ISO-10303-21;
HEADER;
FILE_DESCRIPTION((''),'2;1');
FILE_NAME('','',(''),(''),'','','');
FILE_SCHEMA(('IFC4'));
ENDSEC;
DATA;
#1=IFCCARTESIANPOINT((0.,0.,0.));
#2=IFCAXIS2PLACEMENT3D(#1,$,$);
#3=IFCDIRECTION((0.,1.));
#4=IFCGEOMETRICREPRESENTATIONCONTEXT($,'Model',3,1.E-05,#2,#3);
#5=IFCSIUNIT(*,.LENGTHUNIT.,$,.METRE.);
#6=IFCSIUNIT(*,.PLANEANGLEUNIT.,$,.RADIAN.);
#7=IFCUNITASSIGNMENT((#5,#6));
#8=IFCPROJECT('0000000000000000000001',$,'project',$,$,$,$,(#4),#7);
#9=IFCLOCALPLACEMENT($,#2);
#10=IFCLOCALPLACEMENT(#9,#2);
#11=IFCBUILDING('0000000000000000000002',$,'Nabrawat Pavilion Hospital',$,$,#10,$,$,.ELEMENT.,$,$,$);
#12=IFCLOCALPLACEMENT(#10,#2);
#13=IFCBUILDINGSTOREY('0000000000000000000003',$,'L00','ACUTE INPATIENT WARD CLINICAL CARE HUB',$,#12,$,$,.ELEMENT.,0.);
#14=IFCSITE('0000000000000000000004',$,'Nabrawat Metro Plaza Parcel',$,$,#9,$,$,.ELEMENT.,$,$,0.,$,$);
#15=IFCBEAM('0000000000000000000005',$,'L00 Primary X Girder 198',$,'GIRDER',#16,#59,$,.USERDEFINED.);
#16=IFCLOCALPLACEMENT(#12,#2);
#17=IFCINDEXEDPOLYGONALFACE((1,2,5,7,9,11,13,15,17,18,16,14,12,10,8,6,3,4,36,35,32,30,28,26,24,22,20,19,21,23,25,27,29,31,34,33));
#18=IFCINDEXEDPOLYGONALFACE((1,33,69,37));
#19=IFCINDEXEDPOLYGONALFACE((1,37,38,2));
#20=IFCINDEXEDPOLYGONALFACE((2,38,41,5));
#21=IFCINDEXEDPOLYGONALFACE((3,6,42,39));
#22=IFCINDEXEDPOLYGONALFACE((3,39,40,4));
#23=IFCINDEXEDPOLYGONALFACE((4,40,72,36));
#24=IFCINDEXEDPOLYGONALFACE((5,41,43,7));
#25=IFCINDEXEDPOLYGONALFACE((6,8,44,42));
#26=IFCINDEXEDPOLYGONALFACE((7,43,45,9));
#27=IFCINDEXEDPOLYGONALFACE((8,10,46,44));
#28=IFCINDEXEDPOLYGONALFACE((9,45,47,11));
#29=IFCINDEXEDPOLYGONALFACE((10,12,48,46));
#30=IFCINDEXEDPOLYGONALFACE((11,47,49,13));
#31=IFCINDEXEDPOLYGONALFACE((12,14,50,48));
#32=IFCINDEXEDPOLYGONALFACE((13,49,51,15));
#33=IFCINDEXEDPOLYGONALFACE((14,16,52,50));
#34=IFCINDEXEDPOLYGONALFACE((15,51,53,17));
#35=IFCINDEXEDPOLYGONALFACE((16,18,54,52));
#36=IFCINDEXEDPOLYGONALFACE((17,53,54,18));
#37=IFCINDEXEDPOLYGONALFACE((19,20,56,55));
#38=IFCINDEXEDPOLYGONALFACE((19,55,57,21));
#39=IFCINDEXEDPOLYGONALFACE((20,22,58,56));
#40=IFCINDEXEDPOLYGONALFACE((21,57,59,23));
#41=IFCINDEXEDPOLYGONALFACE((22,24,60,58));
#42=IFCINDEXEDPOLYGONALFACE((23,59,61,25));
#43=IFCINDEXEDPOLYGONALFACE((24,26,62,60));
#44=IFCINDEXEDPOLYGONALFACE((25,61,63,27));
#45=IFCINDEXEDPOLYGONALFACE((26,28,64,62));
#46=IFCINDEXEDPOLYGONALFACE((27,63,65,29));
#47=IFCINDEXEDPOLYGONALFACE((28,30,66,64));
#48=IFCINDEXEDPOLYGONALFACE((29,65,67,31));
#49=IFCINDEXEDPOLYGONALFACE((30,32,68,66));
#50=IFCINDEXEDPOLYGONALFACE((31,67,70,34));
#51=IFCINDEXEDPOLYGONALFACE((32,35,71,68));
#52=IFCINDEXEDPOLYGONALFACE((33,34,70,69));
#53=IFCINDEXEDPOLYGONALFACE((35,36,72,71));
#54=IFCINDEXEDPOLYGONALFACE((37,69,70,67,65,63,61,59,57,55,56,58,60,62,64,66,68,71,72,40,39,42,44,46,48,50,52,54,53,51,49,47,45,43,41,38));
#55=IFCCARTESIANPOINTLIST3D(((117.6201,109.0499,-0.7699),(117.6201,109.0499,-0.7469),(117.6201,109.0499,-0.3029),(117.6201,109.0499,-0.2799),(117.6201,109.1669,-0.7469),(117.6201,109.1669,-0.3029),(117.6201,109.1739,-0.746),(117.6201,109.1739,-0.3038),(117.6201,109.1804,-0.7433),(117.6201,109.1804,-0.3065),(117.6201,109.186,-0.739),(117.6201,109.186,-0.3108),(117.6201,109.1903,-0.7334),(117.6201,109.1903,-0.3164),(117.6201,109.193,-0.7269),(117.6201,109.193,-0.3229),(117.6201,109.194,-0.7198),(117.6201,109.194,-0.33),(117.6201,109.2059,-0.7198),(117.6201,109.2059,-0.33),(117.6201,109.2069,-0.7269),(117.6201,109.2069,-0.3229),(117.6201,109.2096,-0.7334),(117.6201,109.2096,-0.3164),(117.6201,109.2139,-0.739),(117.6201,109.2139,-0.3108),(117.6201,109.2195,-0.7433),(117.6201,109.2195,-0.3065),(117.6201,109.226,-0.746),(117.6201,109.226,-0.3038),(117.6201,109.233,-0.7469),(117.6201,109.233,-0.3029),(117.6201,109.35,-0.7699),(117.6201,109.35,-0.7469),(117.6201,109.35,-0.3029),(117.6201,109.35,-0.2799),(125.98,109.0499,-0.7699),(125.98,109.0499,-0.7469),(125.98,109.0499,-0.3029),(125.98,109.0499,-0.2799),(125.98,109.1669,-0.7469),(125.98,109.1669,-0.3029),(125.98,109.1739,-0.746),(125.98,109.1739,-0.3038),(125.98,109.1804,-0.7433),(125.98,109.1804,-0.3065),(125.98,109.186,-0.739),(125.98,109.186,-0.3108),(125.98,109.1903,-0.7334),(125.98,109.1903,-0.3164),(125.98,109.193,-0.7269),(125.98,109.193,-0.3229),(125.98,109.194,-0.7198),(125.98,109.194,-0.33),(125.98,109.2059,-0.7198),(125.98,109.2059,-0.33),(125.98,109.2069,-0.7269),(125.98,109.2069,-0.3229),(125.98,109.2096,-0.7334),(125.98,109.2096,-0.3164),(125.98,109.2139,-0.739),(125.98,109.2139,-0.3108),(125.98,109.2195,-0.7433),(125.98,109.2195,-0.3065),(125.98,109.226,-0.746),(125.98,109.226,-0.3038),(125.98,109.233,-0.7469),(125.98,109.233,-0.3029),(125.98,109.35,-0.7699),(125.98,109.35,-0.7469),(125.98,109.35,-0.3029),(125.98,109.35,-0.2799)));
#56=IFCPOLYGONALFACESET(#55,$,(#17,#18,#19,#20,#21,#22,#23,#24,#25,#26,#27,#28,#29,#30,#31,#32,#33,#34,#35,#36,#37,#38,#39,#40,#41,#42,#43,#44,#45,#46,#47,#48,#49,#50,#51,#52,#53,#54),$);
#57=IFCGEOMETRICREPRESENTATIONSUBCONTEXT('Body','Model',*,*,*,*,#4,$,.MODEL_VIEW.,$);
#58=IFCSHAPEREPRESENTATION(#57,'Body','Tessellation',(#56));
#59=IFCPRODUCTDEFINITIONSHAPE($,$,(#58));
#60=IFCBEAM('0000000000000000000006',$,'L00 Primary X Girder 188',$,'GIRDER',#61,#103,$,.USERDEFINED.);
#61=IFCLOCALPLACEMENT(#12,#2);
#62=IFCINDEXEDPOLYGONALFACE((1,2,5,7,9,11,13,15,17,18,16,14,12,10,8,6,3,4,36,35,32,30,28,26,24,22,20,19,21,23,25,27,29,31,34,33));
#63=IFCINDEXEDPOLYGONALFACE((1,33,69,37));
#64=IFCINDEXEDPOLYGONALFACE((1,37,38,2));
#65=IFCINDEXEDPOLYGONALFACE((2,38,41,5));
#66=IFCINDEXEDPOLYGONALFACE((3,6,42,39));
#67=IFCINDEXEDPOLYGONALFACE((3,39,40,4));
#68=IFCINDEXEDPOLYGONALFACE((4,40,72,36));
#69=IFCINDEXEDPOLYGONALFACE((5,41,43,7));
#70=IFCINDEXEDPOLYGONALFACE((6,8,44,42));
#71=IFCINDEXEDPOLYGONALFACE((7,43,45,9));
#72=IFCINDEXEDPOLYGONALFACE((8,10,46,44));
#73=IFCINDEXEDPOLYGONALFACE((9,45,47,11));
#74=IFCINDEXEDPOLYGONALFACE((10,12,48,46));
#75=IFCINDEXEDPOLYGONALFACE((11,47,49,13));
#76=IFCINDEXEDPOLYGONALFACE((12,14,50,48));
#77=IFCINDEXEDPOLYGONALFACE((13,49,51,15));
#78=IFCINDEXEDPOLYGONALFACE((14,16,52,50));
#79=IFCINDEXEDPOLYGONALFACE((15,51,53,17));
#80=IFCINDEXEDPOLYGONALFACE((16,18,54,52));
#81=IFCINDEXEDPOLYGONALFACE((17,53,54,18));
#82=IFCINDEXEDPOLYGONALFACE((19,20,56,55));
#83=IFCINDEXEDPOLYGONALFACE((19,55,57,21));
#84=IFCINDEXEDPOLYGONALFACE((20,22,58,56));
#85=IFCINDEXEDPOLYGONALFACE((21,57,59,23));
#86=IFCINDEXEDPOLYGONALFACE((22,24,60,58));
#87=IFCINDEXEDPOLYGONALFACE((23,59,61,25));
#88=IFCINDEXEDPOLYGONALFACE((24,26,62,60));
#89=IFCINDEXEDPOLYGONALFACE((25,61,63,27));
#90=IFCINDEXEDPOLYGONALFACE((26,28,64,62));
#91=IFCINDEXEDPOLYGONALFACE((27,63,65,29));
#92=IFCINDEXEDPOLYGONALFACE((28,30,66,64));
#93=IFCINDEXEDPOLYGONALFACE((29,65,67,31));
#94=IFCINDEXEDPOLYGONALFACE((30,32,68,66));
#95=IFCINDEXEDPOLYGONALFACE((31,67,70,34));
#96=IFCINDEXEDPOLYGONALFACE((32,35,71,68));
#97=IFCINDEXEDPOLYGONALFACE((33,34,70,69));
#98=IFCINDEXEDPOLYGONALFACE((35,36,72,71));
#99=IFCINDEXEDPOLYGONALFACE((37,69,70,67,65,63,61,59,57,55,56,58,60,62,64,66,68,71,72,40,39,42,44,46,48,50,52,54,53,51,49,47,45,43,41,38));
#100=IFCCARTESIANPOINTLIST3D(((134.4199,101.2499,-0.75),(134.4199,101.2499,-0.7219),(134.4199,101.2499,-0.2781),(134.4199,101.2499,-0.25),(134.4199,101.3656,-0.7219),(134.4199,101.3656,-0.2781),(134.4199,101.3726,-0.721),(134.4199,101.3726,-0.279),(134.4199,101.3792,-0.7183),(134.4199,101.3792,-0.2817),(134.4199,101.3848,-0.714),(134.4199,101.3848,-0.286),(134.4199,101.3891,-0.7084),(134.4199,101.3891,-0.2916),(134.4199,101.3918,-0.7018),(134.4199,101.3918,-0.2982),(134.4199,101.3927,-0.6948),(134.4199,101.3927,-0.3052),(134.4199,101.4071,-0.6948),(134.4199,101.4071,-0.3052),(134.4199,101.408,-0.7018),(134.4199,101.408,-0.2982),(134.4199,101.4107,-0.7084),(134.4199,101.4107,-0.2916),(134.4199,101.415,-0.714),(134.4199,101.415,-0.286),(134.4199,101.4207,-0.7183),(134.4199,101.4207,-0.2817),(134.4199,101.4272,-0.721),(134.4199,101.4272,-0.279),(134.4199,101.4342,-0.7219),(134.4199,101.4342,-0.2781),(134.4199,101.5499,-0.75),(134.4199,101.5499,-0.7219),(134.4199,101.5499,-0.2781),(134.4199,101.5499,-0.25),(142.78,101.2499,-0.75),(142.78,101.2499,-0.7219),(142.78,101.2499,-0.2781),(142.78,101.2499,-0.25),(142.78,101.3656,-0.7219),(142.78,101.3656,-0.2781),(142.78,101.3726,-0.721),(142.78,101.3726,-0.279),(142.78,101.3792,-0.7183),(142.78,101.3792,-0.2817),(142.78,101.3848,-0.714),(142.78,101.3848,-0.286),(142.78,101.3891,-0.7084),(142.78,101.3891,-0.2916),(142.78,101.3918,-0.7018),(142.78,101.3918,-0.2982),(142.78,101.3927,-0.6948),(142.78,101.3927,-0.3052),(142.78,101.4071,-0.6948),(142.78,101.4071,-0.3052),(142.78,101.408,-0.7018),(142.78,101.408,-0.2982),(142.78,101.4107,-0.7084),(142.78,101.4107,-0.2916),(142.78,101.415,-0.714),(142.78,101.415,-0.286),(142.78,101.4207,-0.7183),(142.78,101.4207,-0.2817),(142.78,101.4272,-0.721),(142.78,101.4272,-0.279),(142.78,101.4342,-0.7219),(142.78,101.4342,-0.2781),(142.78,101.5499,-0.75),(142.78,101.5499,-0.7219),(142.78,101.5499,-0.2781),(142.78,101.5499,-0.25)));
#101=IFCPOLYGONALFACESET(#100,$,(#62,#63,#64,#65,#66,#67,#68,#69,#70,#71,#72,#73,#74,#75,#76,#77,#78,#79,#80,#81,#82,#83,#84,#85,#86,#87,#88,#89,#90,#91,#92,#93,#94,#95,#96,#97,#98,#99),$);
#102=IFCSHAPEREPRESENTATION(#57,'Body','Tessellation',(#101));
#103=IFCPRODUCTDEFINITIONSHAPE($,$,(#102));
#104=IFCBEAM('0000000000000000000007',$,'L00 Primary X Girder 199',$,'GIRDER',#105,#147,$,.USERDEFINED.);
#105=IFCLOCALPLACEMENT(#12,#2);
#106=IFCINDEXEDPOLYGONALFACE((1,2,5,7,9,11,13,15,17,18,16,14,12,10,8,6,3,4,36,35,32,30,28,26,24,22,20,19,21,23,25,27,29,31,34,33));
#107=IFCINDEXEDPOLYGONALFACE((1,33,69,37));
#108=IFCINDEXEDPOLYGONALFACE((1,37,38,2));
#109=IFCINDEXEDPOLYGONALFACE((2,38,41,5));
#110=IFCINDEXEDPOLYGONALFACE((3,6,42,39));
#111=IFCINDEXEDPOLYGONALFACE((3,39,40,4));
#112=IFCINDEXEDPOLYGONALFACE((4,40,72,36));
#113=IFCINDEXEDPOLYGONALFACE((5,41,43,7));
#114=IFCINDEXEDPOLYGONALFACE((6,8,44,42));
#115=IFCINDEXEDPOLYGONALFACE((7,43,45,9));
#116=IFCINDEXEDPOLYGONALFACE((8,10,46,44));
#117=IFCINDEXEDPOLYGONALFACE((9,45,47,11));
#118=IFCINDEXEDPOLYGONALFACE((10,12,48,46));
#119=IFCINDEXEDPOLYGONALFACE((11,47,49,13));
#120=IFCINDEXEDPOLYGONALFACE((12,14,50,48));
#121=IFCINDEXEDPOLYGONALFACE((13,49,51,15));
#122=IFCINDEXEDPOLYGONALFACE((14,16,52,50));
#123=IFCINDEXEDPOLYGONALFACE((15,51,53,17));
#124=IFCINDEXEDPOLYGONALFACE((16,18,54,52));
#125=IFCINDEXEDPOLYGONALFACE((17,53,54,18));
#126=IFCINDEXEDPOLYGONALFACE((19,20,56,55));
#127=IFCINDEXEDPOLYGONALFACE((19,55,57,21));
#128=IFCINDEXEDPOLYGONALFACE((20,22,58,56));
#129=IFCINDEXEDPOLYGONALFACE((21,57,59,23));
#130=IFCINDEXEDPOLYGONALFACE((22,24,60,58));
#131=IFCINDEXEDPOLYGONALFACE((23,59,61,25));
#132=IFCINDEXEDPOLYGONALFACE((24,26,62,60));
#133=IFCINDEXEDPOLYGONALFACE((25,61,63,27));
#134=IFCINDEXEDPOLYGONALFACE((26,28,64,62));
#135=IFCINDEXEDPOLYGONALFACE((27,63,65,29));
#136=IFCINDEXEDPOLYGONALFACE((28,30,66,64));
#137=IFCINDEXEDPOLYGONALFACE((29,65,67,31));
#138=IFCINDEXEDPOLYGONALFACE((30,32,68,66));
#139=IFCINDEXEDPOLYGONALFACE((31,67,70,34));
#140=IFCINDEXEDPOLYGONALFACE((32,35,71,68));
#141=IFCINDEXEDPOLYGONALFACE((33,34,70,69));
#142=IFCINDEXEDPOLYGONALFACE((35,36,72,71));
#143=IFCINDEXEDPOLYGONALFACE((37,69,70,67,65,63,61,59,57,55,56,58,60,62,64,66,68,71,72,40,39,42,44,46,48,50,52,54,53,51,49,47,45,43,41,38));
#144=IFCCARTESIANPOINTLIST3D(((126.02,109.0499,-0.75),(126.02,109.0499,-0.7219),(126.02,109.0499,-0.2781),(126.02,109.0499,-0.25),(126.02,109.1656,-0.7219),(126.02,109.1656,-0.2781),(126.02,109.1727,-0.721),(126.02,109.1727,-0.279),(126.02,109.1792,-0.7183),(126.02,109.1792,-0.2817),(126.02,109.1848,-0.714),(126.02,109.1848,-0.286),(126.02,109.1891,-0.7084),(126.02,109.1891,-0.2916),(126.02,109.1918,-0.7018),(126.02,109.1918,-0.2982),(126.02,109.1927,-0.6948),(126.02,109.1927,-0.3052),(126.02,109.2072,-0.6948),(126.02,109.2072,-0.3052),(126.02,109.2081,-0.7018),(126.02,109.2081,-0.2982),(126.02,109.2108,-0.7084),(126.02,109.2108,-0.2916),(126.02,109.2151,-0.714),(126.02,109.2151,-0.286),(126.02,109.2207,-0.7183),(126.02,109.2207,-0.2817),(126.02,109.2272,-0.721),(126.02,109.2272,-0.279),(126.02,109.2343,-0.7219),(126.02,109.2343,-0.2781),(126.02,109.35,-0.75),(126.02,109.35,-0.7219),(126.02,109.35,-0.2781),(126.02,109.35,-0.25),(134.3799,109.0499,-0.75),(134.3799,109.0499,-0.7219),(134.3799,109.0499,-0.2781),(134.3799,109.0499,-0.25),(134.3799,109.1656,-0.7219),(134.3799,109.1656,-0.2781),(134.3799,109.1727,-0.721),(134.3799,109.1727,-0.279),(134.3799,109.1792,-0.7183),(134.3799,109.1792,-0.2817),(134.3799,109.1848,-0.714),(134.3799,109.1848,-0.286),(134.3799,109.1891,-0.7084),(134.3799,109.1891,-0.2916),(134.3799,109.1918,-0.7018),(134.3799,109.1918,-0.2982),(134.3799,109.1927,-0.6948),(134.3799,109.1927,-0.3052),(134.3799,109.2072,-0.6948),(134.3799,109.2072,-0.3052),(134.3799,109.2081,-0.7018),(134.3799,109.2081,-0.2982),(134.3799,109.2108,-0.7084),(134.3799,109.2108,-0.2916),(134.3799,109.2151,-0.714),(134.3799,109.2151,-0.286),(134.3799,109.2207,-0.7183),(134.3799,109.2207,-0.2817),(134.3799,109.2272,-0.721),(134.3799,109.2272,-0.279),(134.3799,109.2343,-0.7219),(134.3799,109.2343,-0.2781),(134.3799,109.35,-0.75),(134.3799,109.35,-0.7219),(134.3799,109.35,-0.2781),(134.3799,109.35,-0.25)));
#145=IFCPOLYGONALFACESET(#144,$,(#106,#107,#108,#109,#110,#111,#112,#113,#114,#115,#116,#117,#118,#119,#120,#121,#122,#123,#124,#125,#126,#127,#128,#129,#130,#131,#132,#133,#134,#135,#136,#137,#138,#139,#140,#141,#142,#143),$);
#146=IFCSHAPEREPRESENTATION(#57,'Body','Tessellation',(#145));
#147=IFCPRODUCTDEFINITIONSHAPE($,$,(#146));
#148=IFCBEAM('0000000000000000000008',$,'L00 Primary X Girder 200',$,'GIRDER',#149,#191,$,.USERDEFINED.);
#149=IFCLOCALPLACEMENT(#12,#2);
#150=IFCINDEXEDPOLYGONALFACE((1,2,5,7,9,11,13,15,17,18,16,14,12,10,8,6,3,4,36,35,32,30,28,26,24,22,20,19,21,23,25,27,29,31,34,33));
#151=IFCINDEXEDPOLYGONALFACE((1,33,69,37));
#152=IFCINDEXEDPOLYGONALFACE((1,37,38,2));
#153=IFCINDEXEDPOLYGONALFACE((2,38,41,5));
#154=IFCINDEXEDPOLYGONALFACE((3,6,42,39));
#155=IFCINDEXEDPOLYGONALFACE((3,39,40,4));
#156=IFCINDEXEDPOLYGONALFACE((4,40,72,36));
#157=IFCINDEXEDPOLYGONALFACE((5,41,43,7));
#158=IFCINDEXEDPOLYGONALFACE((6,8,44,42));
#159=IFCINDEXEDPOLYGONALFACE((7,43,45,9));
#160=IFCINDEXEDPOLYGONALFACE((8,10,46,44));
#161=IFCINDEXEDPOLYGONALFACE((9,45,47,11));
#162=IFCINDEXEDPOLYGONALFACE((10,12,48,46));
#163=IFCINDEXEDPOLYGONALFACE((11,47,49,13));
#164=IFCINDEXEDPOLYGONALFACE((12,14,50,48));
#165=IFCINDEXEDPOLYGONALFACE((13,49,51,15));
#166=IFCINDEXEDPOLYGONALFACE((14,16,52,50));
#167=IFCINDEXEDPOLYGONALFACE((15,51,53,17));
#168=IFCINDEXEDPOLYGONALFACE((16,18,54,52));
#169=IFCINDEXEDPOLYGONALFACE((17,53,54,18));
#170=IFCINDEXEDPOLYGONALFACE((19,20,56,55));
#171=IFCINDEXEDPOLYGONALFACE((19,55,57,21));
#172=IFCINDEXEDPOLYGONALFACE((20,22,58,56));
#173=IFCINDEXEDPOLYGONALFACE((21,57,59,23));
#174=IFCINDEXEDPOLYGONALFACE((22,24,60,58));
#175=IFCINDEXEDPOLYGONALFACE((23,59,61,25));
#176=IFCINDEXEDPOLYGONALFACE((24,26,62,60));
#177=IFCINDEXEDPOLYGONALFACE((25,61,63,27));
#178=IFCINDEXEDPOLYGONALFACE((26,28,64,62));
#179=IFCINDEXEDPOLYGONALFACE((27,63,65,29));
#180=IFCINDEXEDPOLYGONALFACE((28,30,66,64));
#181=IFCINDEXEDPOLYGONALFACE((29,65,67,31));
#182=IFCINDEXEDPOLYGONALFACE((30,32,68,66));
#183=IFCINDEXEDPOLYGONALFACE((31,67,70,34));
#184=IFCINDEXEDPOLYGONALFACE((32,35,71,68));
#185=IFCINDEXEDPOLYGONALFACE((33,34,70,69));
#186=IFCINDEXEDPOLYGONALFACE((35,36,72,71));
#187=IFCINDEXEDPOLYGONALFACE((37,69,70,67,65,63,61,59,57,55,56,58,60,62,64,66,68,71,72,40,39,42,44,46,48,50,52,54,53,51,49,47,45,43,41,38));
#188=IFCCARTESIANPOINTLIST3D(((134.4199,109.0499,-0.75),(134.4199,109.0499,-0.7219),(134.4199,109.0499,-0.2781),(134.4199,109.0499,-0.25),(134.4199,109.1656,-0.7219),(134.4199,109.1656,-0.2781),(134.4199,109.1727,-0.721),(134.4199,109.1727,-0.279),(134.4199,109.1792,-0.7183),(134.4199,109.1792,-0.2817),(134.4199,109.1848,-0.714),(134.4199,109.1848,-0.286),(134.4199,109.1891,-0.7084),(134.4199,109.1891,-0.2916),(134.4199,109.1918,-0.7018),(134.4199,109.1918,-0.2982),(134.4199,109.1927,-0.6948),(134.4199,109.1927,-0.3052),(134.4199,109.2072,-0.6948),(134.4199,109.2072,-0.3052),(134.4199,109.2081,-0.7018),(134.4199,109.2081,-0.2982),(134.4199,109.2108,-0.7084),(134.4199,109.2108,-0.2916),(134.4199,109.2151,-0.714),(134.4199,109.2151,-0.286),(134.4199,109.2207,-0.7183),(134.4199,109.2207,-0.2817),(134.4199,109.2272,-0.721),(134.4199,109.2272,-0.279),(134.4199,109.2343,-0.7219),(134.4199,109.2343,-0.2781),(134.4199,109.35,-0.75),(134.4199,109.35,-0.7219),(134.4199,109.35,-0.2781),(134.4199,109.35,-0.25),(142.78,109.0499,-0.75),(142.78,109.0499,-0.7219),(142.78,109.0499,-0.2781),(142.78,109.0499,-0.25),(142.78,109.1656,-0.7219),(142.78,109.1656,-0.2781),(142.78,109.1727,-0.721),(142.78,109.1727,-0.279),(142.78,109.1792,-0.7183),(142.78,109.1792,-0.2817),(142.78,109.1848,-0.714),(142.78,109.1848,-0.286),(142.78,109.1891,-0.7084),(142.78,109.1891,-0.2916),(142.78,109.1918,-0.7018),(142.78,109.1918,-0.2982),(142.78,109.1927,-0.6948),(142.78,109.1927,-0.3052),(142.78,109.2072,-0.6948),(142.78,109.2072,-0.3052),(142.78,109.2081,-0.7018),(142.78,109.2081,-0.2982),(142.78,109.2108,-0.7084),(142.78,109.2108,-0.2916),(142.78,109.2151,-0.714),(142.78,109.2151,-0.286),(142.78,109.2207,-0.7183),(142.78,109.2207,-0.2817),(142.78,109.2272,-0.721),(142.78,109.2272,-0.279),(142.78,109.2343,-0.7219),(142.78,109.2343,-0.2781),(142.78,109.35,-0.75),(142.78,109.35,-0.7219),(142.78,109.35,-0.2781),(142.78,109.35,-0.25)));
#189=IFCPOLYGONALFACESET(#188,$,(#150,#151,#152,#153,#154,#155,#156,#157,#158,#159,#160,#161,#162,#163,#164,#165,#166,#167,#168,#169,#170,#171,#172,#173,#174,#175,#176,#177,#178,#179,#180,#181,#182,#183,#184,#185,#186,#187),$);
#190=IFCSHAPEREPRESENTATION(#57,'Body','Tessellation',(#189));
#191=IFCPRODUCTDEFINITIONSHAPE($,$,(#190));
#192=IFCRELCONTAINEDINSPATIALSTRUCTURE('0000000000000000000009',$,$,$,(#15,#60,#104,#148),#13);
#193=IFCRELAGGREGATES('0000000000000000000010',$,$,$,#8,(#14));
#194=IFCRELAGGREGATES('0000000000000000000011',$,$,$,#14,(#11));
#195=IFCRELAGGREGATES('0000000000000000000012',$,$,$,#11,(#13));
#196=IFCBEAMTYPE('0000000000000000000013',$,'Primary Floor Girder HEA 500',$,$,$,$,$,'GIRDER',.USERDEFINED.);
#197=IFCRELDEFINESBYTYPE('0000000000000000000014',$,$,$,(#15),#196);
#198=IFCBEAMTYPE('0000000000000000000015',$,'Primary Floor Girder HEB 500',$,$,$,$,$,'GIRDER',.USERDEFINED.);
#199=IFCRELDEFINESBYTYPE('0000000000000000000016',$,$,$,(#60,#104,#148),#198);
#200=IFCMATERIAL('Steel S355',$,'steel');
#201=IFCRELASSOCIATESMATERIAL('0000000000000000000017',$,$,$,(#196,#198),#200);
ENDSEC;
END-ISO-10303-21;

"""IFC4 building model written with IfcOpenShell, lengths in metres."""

from ifc_helpers import new_model, si_unit, direction, frame, origin, origin_2d, place, context, subcontext, project, spatial, i_section, extrude, material, material_profile, profile_set, type_object, element, save


model = new_model("IFC4")

# Units and contexts
model_context = context("Model", 3, precision=1e-05, world=origin(), true_north=direction((0.0, 1.0)))
body_context = subcontext(model_context, "Body", "Model", "MODEL_VIEW")
ifc_project = project(units=[si_unit("LENGTHUNIT", "METRE"), si_unit("PLANEANGLEUNIT", "RADIAN")], contexts=[model_context])

# Site, building, storey
site_placement = place(None, origin())
site = spatial("IfcSite", under=ifc_project, at=site_placement, Name="Nabrawat Metro Plaza Parcel", CompositionType="ELEMENT", RefElevation=0.0)
building_placement = place(site_placement, origin())
building = spatial("IfcBuilding", under=site, at=building_placement, Name="Nabrawat Pavilion Hospital", CompositionType="ELEMENT")
storey_placement = place(building_placement, origin())
storey = spatial("IfcBuildingStorey", under=building, at=storey_placement, Name="L00", Description="ACUTE INPATIENT WARD CLINICAL CARE HUB", CompositionType="ELEMENT", Elevation=0.0)

# Shared definitions
ifc_material_1 = material(Name="Steel S355", Category="steel")

# Beams
ifc_material_profile_1 = material_profile(ifc_material_1, i_section(OverallWidth=0.3, OverallDepth=0.49, WebThickness=0.012, FlangeThickness=0.0229, FilletRadius=0.0271, at=origin_2d()), Name="HEA 500")
ifc_profile_set_1 = profile_set([ifc_material_profile_1], Name="Steel S355")
beam_type_1 = type_object("IfcBeamType", Name="Primary Floor Girder HEA 500", ElementType="GIRDER", PredefinedType="USERDEFINED", material=ifc_profile_set_1)
beam_1_placement = place(storey_placement, frame((117.6201, 109.2, -0.5249), z_axis=(1.0, 0.0, 0.0), x_axis=(0.0, 1.0, 0.0)))
element("IfcBeam", 1, at=beam_1_placement, inside=storey, type_object=beam_type_1, Name="L00 Primary X Girder 198", ObjectType="GIRDER", PredefinedType="USERDEFINED", context=body_context, shape_type="SweptSolid", body=[
    extrude(i_section(OverallWidth=0.3, OverallDepth=0.49, WebThickness=0.012, FlangeThickness=0.0229, FilletRadius=0.0271, at=origin_2d()), origin(), (0.0, 0.0, 1.0), 8.3599),
])
ifc_material_profile_2 = material_profile(ifc_material_1, i_section(OverallWidth=0.3, OverallDepth=0.5, WebThickness=0.0144, FlangeThickness=0.0281, FilletRadius=0.0271, at=origin_2d()), Name="HEB 500")
ifc_profile_set_2 = profile_set([ifc_material_profile_2], Name="Steel S355")
beam_type_2 = type_object("IfcBeamType", Name="Primary Floor Girder HEB 500", ElementType="GIRDER", PredefinedType="USERDEFINED", material=ifc_profile_set_2)
beam_2_placement = place(storey_placement, frame((134.4199, 101.3999, -0.5), z_axis=(1.0, 0.0, 0.0), x_axis=(0.0, 1.0, 0.0)))
element("IfcBeam", 2, at=beam_2_placement, inside=storey, type_object=beam_type_2, Name="L00 Primary X Girder 188", ObjectType="GIRDER", PredefinedType="USERDEFINED", context=body_context, shape_type="SweptSolid", body=[
    extrude(i_section(OverallWidth=0.3, OverallDepth=0.5, WebThickness=0.0144, FlangeThickness=0.0281, FilletRadius=0.0271, at=origin_2d()), origin(), (0.0, 0.0, 1.0), 8.3601),
])
beam_3_placement = place(storey_placement, frame((126.02, 109.2, -0.5), z_axis=(1.0, 0.0, 0.0), x_axis=(0.0, 1.0, 0.0)))
element("IfcBeam", 3, at=beam_3_placement, inside=storey, type_object=beam_type_2, Name="L00 Primary X Girder 199", ObjectType="GIRDER", PredefinedType="USERDEFINED", context=body_context, shape_type="SweptSolid", body=[
    extrude(i_section(OverallWidth=0.3, OverallDepth=0.5, WebThickness=0.0144, FlangeThickness=0.0281, FilletRadius=0.0271, at=origin_2d()), origin(), (0.0, 0.0, 1.0), 8.3599),
])
beam_4_placement = place(storey_placement, frame((134.4199, 109.2, -0.5), z_axis=(1.0, 0.0, 0.0), x_axis=(0.0, 1.0, 0.0)))
element("IfcBeam", 4, at=beam_4_placement, inside=storey, type_object=beam_type_2, Name="L00 Primary X Girder 200", ObjectType="GIRDER", PredefinedType="USERDEFINED", context=body_context, shape_type="SweptSolid", body=[
    extrude(i_section(OverallWidth=0.3, OverallDepth=0.5, WebThickness=0.0144, FlangeThickness=0.0281, FilletRadius=0.0271, at=origin_2d()), origin(), (0.0, 0.0, 1.0), 8.3601),
])

save(model, "model.ifc")
